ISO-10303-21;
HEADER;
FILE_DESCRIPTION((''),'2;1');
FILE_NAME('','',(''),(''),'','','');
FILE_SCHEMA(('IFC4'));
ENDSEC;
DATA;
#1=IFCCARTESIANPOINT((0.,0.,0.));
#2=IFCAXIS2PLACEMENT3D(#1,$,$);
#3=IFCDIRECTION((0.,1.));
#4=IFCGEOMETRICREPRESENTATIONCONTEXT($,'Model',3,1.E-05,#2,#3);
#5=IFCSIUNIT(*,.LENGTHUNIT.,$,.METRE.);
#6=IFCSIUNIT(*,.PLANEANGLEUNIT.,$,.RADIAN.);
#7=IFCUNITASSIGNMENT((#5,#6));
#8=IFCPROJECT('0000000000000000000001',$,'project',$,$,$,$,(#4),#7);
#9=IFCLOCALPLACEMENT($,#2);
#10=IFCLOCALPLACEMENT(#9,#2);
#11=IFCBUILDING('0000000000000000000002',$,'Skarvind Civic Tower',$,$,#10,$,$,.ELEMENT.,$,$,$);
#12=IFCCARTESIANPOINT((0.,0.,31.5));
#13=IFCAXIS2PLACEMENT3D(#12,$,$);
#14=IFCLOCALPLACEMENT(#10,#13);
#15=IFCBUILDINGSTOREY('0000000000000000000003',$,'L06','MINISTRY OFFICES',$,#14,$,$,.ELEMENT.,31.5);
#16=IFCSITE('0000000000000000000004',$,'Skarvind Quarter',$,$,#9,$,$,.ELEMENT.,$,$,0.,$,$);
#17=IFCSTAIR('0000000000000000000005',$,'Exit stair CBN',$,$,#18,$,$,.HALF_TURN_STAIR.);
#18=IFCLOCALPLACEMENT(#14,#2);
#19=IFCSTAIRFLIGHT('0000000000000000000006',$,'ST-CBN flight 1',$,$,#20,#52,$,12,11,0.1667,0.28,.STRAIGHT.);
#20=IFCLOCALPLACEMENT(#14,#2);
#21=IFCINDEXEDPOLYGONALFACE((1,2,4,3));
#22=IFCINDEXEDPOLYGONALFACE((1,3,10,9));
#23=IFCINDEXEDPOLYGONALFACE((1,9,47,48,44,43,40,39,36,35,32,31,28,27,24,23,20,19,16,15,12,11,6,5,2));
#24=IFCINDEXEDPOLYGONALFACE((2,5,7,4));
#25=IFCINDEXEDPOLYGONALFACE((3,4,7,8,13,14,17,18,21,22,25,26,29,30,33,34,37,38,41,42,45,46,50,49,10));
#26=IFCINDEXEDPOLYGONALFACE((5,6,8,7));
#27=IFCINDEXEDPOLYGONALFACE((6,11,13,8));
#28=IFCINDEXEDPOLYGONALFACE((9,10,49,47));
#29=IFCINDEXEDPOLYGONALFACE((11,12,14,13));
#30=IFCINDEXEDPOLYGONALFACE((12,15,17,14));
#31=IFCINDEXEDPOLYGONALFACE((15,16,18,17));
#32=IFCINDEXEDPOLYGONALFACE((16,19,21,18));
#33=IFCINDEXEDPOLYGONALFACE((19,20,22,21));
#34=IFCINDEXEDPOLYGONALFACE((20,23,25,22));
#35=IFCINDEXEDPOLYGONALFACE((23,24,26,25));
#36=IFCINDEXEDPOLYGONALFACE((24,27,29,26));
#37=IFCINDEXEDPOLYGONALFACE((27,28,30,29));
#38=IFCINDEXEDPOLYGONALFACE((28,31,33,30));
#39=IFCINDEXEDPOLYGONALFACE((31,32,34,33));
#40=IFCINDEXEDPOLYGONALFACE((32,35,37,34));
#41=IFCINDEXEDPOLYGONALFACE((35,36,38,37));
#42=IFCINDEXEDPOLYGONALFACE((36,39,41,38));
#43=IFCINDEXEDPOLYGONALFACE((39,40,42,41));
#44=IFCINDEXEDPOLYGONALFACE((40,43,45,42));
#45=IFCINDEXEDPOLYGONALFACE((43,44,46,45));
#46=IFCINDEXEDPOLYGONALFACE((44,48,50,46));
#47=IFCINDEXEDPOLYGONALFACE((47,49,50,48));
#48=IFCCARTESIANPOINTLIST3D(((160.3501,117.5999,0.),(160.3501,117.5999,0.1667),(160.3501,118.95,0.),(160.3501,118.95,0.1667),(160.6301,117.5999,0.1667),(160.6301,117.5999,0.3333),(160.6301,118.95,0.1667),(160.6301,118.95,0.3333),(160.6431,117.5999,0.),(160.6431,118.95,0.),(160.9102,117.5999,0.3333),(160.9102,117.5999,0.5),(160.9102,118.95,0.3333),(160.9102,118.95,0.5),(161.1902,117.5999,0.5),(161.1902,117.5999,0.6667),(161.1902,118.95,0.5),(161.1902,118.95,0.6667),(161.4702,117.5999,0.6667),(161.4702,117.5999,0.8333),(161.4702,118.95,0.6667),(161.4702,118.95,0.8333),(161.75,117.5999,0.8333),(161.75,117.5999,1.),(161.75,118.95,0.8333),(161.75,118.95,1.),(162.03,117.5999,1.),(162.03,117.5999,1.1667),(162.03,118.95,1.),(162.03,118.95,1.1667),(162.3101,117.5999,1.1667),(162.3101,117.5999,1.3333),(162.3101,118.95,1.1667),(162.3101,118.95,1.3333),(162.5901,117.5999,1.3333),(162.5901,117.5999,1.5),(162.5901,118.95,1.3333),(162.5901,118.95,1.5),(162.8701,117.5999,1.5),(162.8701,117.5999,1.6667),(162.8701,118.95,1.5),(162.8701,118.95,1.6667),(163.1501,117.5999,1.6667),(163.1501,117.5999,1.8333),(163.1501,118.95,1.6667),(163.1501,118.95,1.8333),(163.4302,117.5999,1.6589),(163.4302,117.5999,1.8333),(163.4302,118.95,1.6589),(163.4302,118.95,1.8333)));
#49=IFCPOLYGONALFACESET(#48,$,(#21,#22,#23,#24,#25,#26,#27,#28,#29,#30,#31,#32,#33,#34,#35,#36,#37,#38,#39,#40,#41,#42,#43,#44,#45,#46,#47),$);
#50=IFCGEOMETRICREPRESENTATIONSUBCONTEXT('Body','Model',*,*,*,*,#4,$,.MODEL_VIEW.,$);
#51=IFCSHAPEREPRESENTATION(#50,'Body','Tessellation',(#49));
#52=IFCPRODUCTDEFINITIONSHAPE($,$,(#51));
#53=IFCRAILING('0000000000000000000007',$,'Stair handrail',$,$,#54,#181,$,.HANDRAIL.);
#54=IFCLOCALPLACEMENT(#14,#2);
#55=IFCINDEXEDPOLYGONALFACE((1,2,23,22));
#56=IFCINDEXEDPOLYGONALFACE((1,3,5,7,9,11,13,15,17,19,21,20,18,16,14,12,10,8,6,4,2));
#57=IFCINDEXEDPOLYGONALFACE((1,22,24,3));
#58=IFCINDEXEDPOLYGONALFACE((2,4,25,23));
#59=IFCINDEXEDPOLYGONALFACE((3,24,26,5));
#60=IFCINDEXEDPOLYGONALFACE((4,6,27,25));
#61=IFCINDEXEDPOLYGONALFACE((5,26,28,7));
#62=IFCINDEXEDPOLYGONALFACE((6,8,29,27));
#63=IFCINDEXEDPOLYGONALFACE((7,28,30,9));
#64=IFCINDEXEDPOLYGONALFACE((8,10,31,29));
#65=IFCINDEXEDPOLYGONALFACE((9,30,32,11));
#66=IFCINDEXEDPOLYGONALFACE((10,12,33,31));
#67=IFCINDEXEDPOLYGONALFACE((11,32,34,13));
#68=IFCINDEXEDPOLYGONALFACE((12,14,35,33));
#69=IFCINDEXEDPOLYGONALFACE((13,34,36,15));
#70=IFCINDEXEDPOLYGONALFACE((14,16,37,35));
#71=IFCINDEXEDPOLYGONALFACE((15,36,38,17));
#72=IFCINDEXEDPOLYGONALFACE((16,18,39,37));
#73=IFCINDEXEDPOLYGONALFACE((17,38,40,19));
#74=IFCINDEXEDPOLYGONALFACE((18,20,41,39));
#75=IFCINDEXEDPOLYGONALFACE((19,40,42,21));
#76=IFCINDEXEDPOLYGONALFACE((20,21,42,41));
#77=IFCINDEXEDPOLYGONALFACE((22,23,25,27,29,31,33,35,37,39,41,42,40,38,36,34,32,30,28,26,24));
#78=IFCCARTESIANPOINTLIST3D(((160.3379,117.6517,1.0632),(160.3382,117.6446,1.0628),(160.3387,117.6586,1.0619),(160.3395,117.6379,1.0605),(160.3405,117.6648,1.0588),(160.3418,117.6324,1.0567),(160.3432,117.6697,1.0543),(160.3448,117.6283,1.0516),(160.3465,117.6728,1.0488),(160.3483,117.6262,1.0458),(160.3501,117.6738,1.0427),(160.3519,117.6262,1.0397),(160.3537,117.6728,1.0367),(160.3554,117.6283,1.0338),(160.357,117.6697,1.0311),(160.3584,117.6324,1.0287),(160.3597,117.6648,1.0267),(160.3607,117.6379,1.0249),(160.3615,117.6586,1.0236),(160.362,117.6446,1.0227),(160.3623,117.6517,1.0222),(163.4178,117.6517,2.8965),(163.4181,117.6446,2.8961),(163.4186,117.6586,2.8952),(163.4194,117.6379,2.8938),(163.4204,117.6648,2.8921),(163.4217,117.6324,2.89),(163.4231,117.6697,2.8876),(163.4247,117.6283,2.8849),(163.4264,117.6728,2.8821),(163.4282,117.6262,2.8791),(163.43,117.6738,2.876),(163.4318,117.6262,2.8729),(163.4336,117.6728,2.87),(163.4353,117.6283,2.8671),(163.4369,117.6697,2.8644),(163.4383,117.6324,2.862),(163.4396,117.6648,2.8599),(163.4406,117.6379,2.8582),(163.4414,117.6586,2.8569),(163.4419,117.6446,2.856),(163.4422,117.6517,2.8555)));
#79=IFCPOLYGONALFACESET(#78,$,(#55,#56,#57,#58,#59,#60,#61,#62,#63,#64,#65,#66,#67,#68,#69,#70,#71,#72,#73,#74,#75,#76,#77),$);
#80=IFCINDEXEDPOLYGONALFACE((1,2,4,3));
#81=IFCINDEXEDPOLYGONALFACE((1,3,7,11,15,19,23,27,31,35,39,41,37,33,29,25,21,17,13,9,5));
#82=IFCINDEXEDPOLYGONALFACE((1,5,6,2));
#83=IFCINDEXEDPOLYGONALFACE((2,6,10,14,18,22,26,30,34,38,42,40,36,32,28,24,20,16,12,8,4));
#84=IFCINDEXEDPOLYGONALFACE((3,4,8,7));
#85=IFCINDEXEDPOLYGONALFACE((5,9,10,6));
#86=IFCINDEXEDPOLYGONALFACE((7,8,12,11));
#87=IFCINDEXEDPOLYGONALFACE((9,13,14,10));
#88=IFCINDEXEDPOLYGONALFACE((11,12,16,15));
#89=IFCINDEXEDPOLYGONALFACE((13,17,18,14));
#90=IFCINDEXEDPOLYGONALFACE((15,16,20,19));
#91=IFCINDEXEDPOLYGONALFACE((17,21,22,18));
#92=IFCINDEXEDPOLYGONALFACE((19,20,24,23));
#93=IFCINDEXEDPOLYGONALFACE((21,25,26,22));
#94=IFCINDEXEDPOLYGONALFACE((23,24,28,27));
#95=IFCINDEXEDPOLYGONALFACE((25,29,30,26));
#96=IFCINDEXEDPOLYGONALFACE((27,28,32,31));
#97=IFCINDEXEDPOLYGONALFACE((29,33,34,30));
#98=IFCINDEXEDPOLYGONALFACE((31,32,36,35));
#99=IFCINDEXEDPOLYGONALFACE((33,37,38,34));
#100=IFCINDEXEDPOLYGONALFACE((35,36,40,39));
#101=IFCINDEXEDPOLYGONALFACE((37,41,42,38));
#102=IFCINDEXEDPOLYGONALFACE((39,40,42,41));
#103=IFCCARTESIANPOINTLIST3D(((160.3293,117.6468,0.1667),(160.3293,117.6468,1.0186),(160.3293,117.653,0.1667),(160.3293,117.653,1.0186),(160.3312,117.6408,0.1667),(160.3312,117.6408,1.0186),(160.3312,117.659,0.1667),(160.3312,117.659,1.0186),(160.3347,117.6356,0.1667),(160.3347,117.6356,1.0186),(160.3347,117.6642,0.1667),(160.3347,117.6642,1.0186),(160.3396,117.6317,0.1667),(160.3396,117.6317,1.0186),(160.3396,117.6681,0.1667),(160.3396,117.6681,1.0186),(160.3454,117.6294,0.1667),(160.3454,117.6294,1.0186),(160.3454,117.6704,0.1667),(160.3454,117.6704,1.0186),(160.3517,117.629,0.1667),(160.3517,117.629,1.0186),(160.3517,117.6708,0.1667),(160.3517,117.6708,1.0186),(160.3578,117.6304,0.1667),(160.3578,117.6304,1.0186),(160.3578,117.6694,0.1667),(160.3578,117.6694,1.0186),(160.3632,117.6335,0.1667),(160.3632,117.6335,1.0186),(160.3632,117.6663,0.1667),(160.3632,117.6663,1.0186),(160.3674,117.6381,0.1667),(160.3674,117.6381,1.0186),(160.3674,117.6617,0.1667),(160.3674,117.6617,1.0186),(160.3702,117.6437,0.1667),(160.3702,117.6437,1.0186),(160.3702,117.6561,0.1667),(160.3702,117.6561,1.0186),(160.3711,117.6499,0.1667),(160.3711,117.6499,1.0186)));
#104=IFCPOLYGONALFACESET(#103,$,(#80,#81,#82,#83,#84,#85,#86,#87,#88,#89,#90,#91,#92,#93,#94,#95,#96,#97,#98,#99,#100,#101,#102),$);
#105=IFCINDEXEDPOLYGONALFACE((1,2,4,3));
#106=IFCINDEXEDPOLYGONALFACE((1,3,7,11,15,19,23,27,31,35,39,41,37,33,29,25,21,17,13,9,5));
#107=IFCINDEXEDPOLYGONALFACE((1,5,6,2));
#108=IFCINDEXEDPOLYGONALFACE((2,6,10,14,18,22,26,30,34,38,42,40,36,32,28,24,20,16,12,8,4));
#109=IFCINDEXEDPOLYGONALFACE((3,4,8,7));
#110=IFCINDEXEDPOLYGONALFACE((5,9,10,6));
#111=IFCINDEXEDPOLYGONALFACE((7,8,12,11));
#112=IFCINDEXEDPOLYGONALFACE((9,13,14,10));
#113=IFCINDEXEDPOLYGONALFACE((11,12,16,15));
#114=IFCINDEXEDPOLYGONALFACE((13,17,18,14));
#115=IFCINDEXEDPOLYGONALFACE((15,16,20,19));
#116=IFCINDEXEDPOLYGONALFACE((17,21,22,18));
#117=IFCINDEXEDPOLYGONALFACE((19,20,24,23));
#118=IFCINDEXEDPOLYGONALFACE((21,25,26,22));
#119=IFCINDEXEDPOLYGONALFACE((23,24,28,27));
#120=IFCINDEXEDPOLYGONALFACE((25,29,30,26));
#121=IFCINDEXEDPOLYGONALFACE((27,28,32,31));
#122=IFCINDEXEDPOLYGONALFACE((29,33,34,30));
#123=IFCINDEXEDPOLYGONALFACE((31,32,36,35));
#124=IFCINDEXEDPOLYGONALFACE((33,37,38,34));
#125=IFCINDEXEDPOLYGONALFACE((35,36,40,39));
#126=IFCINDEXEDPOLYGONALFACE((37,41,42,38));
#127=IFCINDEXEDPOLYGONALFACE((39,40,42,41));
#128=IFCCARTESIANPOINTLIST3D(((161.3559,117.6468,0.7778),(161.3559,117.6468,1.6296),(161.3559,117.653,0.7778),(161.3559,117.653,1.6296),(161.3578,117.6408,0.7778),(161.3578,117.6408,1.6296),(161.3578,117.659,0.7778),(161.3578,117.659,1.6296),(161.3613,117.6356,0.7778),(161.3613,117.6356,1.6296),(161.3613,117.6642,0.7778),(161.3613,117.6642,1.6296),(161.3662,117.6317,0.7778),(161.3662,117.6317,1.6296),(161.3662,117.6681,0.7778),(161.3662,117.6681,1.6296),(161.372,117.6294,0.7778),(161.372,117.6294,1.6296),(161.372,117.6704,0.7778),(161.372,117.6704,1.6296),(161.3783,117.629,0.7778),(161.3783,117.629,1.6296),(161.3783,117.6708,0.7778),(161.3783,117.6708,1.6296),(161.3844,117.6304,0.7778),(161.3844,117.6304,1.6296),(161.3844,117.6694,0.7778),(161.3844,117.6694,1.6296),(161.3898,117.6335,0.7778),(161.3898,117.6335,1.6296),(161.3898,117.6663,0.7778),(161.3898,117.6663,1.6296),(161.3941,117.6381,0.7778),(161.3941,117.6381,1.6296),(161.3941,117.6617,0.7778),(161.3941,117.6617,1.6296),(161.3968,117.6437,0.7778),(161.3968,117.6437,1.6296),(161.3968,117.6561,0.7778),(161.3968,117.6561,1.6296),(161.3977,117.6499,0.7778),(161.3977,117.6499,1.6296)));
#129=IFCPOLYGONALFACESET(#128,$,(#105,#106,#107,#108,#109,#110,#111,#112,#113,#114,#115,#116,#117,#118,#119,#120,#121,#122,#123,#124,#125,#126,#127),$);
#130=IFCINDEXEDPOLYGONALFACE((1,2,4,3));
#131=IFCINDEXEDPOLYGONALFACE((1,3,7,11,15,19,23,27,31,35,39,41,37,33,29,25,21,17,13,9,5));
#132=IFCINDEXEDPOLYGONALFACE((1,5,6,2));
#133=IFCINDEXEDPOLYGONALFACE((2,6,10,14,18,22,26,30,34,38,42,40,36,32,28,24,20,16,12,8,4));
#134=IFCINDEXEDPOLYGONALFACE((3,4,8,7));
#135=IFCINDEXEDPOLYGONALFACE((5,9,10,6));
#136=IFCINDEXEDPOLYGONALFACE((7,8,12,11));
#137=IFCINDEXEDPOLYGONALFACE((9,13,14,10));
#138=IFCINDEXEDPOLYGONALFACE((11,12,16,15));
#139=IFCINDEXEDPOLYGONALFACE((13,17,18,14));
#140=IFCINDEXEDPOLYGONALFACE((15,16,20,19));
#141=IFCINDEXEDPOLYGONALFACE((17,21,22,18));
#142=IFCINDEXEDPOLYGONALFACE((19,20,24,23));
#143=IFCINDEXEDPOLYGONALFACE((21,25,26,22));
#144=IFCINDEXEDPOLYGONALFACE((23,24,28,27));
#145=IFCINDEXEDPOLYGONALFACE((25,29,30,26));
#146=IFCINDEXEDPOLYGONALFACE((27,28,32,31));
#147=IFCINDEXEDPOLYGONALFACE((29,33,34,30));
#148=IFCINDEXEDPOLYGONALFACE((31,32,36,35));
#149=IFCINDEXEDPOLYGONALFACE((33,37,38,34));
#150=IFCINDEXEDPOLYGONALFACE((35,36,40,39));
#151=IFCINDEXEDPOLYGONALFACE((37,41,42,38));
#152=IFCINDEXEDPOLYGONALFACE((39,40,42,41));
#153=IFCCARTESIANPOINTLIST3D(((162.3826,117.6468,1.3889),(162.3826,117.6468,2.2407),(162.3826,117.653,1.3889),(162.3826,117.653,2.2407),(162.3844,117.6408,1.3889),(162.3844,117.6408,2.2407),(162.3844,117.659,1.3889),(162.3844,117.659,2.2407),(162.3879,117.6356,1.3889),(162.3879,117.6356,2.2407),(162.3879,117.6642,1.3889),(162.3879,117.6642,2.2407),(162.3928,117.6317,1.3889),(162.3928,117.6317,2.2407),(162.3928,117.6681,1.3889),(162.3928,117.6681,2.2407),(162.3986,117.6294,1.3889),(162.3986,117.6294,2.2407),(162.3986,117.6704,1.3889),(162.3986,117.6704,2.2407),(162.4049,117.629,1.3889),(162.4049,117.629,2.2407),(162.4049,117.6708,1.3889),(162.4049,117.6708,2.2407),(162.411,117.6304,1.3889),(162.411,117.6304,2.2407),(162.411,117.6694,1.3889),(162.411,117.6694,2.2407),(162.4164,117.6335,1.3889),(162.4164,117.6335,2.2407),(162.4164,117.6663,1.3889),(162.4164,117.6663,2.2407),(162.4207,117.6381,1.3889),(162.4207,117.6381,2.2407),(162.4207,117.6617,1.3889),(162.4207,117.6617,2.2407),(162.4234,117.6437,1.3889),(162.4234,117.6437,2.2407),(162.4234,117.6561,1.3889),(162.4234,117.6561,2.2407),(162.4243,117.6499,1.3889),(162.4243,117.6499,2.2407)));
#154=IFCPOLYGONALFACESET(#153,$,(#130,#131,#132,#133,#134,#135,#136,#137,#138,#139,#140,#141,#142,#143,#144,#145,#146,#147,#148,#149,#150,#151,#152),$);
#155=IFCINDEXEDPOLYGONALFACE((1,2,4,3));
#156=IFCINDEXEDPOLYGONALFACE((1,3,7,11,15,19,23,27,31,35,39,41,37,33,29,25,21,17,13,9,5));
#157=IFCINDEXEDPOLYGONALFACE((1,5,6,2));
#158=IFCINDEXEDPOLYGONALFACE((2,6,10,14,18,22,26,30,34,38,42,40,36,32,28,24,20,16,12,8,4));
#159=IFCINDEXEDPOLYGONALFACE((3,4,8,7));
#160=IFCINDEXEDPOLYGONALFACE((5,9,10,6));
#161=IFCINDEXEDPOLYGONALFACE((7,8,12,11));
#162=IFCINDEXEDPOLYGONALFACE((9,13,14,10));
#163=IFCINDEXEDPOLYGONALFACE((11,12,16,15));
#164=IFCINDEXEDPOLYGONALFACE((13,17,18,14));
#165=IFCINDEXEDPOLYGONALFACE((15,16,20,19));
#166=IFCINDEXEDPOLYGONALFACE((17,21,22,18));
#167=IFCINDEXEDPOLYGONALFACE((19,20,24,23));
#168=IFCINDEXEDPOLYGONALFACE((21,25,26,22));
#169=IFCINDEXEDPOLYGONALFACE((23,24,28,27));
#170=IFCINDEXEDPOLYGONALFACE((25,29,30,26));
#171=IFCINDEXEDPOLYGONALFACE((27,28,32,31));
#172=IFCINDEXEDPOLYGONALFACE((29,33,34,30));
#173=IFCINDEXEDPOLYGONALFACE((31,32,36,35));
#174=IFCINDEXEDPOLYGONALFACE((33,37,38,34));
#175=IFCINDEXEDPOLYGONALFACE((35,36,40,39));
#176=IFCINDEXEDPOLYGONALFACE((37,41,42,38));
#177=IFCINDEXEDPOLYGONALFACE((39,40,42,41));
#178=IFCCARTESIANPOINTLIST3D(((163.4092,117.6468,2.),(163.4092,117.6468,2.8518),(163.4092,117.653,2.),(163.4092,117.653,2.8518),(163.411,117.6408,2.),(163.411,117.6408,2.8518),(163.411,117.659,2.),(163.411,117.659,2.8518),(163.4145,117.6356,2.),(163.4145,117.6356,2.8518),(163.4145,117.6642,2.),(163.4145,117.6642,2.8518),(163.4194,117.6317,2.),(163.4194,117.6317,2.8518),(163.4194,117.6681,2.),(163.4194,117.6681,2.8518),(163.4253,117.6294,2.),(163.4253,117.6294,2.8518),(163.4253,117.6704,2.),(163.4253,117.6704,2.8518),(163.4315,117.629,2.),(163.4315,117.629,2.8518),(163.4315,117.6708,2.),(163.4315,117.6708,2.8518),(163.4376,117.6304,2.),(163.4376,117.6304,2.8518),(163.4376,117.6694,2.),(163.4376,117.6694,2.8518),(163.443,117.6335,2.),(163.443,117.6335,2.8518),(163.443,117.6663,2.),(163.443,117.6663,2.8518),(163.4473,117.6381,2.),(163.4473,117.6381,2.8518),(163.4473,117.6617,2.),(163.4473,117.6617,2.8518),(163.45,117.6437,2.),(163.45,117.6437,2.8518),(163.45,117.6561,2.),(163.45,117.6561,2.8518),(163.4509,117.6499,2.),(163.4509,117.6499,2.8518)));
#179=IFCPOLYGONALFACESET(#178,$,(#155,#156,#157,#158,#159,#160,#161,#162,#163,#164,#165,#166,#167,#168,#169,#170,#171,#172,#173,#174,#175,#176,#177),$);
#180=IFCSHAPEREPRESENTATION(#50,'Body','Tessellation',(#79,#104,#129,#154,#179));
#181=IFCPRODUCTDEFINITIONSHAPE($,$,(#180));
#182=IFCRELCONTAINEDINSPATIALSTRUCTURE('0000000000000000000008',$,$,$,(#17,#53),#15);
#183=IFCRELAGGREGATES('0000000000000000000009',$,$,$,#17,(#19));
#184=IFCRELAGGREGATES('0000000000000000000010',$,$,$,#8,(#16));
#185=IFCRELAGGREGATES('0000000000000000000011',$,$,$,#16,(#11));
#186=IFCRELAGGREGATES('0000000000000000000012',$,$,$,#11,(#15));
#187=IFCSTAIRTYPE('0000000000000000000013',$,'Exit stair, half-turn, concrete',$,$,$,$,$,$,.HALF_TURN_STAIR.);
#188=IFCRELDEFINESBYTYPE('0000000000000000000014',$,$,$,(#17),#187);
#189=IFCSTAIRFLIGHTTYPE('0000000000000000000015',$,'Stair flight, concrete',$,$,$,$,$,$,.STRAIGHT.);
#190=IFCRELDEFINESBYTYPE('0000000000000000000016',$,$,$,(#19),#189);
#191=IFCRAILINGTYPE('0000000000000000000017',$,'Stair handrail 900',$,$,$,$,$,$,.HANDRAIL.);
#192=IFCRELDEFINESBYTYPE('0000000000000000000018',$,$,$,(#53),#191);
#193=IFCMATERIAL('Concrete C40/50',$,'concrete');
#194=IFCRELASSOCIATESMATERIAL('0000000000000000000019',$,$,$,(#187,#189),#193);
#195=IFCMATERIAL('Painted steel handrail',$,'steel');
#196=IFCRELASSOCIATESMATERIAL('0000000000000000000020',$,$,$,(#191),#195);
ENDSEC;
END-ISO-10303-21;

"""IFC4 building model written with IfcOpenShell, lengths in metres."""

from ifc_helpers import new_model, si_unit, direction, frame, origin, origin_2d, place, context, subcontext, project, spatial, polyline, circle, outline, extrude, material, type_object, element, aggregate, save


model = new_model("IFC4")

# Units and contexts
model_context = context("Model", 3, precision=1e-05, world=origin(), true_north=direction((0.0, 1.0)))
body_context = subcontext(model_context, "Body", "Model", "MODEL_VIEW")
ifc_project = project(units=[si_unit("LENGTHUNIT", "METRE"), si_unit("PLANEANGLEUNIT", "RADIAN")], contexts=[model_context])

# Site, building, storey
site_placement = place(None, origin())
site = spatial("IfcSite", under=ifc_project, at=site_placement, Name="Skarvind Quarter", CompositionType="ELEMENT", RefElevation=0.0)
building_placement = place(site_placement, origin())
building = spatial("IfcBuilding", under=site, at=building_placement, Name="Skarvind Civic Tower", CompositionType="ELEMENT")
storey_placement = place(building_placement, frame((0.0, 0.0, 31.5)))
storey = spatial("IfcBuildingStorey", under=building, at=storey_placement, Name="L06", Description="MINISTRY OFFICES", CompositionType="ELEMENT", Elevation=31.5)

# Stair, stair flight
ifc_material_1 = material(Name="Concrete C40/50", Category="concrete")
stair_type = type_object("IfcStairType", Name="Exit stair, half-turn, concrete", PredefinedType="HALF_TURN_STAIR", material=ifc_material_1)
stair_placement = place(storey_placement, origin())
stair = element("IfcStair", 1, at=stair_placement, inside=storey, type_object=stair_type, Name="Exit stair CBN", PredefinedType="HALF_TURN_STAIR")
stair_flight_type = type_object("IfcStairFlightType", Name="Stair flight, concrete", PredefinedType="STRAIGHT", material=ifc_material_1)
stair_flight_placement = place(storey_placement, frame((160.3501, 118.2749, 0.0), z_axis=(0.0, 0.0, 1.0), x_axis=(1.0, 0.0, 0.0)))
stair_flight = element("IfcStairFlight", 2, at=stair_flight_placement, type_object=stair_flight_type, Name="ST-CBN flight 1", NumberOfRisers=12, NumberOfTreads=11, PredefinedType="STRAIGHT", RiserHeight=0.1667, TreadLength=0.28, context=body_context, shape_type="SweptSolid", body=[
    extrude(outline(polyline([(0.0, 0.0), (0.0, 0.1667), (0.28, 0.1667), (0.28, 0.3333), (0.5601, 0.3333), (0.5601, 0.5), (0.8401, 0.5), (0.8401, 0.6667), (1.1201, 0.6667), (1.1201, 0.8333), (1.3999, 0.8333), (1.3999, 1.0), (1.6799, 1.0), (1.6799, 1.1667), (1.96, 1.1667), (1.96, 1.3333), (2.24, 1.3333), (2.24, 1.5), (2.52, 1.5), (2.52, 1.6667), (2.8, 1.6667), (2.8, 1.8333), (3.0801, 1.8333), (3.0801, 2.0), (3.0801, 1.6589), (0.293, 0.0), (0.0, 0.0)])), frame((0.0, 0.675, 0.0), z_axis=(0.0, -1.0, 0.0), x_axis=(1.0, 0.0, 0.0)), (0.0, 0.0, 1.0), 1.3501),
])
aggregate(stair, [stair_flight])

# Railing
ifc_material_2 = material(Name="Painted steel handrail", Category="steel")
railing_type = type_object("IfcRailingType", Name="Stair handrail 900", PredefinedType="HANDRAIL", material=ifc_material_2)
railing_placement = place(storey_placement, frame((160.3501, 117.6499, 0.1667)))
element("IfcRailing", 3, at=railing_placement, inside=storey, type_object=railing_type, Name="Stair handrail", PredefinedType="HANDRAIL", context=body_context, shape_type="SweptSolid", body=[
    extrude(circle(Radius=0.0239, at=origin_2d()), frame((0.0, 0.0, 0.876), z_axis=(0.859291, 0.0, 0.511487), x_axis=(0.0, 1.0, 0.0)), (0.0, 0.0, 1.0), 3.5842),
    extrude(circle(Radius=0.021, at=origin_2d()), origin(), (0.0, 0.0, 1.0), 0.8518),
    extrude(circle(Radius=0.021, at=origin_2d()), frame((1.0266, 0.0, 0.6111)), (0.0, 0.0, 1.0), 0.8518),
    extrude(circle(Radius=0.021, at=origin_2d()), frame((2.0532, 0.0, 1.2222)), (0.0, 0.0, 1.0), 0.8518),
    extrude(circle(Radius=0.021, at=origin_2d()), frame((3.0798, 0.0, 1.8333)), (0.0, 0.0, 1.0), 0.8518),
])

save(model, "model.ifc")
